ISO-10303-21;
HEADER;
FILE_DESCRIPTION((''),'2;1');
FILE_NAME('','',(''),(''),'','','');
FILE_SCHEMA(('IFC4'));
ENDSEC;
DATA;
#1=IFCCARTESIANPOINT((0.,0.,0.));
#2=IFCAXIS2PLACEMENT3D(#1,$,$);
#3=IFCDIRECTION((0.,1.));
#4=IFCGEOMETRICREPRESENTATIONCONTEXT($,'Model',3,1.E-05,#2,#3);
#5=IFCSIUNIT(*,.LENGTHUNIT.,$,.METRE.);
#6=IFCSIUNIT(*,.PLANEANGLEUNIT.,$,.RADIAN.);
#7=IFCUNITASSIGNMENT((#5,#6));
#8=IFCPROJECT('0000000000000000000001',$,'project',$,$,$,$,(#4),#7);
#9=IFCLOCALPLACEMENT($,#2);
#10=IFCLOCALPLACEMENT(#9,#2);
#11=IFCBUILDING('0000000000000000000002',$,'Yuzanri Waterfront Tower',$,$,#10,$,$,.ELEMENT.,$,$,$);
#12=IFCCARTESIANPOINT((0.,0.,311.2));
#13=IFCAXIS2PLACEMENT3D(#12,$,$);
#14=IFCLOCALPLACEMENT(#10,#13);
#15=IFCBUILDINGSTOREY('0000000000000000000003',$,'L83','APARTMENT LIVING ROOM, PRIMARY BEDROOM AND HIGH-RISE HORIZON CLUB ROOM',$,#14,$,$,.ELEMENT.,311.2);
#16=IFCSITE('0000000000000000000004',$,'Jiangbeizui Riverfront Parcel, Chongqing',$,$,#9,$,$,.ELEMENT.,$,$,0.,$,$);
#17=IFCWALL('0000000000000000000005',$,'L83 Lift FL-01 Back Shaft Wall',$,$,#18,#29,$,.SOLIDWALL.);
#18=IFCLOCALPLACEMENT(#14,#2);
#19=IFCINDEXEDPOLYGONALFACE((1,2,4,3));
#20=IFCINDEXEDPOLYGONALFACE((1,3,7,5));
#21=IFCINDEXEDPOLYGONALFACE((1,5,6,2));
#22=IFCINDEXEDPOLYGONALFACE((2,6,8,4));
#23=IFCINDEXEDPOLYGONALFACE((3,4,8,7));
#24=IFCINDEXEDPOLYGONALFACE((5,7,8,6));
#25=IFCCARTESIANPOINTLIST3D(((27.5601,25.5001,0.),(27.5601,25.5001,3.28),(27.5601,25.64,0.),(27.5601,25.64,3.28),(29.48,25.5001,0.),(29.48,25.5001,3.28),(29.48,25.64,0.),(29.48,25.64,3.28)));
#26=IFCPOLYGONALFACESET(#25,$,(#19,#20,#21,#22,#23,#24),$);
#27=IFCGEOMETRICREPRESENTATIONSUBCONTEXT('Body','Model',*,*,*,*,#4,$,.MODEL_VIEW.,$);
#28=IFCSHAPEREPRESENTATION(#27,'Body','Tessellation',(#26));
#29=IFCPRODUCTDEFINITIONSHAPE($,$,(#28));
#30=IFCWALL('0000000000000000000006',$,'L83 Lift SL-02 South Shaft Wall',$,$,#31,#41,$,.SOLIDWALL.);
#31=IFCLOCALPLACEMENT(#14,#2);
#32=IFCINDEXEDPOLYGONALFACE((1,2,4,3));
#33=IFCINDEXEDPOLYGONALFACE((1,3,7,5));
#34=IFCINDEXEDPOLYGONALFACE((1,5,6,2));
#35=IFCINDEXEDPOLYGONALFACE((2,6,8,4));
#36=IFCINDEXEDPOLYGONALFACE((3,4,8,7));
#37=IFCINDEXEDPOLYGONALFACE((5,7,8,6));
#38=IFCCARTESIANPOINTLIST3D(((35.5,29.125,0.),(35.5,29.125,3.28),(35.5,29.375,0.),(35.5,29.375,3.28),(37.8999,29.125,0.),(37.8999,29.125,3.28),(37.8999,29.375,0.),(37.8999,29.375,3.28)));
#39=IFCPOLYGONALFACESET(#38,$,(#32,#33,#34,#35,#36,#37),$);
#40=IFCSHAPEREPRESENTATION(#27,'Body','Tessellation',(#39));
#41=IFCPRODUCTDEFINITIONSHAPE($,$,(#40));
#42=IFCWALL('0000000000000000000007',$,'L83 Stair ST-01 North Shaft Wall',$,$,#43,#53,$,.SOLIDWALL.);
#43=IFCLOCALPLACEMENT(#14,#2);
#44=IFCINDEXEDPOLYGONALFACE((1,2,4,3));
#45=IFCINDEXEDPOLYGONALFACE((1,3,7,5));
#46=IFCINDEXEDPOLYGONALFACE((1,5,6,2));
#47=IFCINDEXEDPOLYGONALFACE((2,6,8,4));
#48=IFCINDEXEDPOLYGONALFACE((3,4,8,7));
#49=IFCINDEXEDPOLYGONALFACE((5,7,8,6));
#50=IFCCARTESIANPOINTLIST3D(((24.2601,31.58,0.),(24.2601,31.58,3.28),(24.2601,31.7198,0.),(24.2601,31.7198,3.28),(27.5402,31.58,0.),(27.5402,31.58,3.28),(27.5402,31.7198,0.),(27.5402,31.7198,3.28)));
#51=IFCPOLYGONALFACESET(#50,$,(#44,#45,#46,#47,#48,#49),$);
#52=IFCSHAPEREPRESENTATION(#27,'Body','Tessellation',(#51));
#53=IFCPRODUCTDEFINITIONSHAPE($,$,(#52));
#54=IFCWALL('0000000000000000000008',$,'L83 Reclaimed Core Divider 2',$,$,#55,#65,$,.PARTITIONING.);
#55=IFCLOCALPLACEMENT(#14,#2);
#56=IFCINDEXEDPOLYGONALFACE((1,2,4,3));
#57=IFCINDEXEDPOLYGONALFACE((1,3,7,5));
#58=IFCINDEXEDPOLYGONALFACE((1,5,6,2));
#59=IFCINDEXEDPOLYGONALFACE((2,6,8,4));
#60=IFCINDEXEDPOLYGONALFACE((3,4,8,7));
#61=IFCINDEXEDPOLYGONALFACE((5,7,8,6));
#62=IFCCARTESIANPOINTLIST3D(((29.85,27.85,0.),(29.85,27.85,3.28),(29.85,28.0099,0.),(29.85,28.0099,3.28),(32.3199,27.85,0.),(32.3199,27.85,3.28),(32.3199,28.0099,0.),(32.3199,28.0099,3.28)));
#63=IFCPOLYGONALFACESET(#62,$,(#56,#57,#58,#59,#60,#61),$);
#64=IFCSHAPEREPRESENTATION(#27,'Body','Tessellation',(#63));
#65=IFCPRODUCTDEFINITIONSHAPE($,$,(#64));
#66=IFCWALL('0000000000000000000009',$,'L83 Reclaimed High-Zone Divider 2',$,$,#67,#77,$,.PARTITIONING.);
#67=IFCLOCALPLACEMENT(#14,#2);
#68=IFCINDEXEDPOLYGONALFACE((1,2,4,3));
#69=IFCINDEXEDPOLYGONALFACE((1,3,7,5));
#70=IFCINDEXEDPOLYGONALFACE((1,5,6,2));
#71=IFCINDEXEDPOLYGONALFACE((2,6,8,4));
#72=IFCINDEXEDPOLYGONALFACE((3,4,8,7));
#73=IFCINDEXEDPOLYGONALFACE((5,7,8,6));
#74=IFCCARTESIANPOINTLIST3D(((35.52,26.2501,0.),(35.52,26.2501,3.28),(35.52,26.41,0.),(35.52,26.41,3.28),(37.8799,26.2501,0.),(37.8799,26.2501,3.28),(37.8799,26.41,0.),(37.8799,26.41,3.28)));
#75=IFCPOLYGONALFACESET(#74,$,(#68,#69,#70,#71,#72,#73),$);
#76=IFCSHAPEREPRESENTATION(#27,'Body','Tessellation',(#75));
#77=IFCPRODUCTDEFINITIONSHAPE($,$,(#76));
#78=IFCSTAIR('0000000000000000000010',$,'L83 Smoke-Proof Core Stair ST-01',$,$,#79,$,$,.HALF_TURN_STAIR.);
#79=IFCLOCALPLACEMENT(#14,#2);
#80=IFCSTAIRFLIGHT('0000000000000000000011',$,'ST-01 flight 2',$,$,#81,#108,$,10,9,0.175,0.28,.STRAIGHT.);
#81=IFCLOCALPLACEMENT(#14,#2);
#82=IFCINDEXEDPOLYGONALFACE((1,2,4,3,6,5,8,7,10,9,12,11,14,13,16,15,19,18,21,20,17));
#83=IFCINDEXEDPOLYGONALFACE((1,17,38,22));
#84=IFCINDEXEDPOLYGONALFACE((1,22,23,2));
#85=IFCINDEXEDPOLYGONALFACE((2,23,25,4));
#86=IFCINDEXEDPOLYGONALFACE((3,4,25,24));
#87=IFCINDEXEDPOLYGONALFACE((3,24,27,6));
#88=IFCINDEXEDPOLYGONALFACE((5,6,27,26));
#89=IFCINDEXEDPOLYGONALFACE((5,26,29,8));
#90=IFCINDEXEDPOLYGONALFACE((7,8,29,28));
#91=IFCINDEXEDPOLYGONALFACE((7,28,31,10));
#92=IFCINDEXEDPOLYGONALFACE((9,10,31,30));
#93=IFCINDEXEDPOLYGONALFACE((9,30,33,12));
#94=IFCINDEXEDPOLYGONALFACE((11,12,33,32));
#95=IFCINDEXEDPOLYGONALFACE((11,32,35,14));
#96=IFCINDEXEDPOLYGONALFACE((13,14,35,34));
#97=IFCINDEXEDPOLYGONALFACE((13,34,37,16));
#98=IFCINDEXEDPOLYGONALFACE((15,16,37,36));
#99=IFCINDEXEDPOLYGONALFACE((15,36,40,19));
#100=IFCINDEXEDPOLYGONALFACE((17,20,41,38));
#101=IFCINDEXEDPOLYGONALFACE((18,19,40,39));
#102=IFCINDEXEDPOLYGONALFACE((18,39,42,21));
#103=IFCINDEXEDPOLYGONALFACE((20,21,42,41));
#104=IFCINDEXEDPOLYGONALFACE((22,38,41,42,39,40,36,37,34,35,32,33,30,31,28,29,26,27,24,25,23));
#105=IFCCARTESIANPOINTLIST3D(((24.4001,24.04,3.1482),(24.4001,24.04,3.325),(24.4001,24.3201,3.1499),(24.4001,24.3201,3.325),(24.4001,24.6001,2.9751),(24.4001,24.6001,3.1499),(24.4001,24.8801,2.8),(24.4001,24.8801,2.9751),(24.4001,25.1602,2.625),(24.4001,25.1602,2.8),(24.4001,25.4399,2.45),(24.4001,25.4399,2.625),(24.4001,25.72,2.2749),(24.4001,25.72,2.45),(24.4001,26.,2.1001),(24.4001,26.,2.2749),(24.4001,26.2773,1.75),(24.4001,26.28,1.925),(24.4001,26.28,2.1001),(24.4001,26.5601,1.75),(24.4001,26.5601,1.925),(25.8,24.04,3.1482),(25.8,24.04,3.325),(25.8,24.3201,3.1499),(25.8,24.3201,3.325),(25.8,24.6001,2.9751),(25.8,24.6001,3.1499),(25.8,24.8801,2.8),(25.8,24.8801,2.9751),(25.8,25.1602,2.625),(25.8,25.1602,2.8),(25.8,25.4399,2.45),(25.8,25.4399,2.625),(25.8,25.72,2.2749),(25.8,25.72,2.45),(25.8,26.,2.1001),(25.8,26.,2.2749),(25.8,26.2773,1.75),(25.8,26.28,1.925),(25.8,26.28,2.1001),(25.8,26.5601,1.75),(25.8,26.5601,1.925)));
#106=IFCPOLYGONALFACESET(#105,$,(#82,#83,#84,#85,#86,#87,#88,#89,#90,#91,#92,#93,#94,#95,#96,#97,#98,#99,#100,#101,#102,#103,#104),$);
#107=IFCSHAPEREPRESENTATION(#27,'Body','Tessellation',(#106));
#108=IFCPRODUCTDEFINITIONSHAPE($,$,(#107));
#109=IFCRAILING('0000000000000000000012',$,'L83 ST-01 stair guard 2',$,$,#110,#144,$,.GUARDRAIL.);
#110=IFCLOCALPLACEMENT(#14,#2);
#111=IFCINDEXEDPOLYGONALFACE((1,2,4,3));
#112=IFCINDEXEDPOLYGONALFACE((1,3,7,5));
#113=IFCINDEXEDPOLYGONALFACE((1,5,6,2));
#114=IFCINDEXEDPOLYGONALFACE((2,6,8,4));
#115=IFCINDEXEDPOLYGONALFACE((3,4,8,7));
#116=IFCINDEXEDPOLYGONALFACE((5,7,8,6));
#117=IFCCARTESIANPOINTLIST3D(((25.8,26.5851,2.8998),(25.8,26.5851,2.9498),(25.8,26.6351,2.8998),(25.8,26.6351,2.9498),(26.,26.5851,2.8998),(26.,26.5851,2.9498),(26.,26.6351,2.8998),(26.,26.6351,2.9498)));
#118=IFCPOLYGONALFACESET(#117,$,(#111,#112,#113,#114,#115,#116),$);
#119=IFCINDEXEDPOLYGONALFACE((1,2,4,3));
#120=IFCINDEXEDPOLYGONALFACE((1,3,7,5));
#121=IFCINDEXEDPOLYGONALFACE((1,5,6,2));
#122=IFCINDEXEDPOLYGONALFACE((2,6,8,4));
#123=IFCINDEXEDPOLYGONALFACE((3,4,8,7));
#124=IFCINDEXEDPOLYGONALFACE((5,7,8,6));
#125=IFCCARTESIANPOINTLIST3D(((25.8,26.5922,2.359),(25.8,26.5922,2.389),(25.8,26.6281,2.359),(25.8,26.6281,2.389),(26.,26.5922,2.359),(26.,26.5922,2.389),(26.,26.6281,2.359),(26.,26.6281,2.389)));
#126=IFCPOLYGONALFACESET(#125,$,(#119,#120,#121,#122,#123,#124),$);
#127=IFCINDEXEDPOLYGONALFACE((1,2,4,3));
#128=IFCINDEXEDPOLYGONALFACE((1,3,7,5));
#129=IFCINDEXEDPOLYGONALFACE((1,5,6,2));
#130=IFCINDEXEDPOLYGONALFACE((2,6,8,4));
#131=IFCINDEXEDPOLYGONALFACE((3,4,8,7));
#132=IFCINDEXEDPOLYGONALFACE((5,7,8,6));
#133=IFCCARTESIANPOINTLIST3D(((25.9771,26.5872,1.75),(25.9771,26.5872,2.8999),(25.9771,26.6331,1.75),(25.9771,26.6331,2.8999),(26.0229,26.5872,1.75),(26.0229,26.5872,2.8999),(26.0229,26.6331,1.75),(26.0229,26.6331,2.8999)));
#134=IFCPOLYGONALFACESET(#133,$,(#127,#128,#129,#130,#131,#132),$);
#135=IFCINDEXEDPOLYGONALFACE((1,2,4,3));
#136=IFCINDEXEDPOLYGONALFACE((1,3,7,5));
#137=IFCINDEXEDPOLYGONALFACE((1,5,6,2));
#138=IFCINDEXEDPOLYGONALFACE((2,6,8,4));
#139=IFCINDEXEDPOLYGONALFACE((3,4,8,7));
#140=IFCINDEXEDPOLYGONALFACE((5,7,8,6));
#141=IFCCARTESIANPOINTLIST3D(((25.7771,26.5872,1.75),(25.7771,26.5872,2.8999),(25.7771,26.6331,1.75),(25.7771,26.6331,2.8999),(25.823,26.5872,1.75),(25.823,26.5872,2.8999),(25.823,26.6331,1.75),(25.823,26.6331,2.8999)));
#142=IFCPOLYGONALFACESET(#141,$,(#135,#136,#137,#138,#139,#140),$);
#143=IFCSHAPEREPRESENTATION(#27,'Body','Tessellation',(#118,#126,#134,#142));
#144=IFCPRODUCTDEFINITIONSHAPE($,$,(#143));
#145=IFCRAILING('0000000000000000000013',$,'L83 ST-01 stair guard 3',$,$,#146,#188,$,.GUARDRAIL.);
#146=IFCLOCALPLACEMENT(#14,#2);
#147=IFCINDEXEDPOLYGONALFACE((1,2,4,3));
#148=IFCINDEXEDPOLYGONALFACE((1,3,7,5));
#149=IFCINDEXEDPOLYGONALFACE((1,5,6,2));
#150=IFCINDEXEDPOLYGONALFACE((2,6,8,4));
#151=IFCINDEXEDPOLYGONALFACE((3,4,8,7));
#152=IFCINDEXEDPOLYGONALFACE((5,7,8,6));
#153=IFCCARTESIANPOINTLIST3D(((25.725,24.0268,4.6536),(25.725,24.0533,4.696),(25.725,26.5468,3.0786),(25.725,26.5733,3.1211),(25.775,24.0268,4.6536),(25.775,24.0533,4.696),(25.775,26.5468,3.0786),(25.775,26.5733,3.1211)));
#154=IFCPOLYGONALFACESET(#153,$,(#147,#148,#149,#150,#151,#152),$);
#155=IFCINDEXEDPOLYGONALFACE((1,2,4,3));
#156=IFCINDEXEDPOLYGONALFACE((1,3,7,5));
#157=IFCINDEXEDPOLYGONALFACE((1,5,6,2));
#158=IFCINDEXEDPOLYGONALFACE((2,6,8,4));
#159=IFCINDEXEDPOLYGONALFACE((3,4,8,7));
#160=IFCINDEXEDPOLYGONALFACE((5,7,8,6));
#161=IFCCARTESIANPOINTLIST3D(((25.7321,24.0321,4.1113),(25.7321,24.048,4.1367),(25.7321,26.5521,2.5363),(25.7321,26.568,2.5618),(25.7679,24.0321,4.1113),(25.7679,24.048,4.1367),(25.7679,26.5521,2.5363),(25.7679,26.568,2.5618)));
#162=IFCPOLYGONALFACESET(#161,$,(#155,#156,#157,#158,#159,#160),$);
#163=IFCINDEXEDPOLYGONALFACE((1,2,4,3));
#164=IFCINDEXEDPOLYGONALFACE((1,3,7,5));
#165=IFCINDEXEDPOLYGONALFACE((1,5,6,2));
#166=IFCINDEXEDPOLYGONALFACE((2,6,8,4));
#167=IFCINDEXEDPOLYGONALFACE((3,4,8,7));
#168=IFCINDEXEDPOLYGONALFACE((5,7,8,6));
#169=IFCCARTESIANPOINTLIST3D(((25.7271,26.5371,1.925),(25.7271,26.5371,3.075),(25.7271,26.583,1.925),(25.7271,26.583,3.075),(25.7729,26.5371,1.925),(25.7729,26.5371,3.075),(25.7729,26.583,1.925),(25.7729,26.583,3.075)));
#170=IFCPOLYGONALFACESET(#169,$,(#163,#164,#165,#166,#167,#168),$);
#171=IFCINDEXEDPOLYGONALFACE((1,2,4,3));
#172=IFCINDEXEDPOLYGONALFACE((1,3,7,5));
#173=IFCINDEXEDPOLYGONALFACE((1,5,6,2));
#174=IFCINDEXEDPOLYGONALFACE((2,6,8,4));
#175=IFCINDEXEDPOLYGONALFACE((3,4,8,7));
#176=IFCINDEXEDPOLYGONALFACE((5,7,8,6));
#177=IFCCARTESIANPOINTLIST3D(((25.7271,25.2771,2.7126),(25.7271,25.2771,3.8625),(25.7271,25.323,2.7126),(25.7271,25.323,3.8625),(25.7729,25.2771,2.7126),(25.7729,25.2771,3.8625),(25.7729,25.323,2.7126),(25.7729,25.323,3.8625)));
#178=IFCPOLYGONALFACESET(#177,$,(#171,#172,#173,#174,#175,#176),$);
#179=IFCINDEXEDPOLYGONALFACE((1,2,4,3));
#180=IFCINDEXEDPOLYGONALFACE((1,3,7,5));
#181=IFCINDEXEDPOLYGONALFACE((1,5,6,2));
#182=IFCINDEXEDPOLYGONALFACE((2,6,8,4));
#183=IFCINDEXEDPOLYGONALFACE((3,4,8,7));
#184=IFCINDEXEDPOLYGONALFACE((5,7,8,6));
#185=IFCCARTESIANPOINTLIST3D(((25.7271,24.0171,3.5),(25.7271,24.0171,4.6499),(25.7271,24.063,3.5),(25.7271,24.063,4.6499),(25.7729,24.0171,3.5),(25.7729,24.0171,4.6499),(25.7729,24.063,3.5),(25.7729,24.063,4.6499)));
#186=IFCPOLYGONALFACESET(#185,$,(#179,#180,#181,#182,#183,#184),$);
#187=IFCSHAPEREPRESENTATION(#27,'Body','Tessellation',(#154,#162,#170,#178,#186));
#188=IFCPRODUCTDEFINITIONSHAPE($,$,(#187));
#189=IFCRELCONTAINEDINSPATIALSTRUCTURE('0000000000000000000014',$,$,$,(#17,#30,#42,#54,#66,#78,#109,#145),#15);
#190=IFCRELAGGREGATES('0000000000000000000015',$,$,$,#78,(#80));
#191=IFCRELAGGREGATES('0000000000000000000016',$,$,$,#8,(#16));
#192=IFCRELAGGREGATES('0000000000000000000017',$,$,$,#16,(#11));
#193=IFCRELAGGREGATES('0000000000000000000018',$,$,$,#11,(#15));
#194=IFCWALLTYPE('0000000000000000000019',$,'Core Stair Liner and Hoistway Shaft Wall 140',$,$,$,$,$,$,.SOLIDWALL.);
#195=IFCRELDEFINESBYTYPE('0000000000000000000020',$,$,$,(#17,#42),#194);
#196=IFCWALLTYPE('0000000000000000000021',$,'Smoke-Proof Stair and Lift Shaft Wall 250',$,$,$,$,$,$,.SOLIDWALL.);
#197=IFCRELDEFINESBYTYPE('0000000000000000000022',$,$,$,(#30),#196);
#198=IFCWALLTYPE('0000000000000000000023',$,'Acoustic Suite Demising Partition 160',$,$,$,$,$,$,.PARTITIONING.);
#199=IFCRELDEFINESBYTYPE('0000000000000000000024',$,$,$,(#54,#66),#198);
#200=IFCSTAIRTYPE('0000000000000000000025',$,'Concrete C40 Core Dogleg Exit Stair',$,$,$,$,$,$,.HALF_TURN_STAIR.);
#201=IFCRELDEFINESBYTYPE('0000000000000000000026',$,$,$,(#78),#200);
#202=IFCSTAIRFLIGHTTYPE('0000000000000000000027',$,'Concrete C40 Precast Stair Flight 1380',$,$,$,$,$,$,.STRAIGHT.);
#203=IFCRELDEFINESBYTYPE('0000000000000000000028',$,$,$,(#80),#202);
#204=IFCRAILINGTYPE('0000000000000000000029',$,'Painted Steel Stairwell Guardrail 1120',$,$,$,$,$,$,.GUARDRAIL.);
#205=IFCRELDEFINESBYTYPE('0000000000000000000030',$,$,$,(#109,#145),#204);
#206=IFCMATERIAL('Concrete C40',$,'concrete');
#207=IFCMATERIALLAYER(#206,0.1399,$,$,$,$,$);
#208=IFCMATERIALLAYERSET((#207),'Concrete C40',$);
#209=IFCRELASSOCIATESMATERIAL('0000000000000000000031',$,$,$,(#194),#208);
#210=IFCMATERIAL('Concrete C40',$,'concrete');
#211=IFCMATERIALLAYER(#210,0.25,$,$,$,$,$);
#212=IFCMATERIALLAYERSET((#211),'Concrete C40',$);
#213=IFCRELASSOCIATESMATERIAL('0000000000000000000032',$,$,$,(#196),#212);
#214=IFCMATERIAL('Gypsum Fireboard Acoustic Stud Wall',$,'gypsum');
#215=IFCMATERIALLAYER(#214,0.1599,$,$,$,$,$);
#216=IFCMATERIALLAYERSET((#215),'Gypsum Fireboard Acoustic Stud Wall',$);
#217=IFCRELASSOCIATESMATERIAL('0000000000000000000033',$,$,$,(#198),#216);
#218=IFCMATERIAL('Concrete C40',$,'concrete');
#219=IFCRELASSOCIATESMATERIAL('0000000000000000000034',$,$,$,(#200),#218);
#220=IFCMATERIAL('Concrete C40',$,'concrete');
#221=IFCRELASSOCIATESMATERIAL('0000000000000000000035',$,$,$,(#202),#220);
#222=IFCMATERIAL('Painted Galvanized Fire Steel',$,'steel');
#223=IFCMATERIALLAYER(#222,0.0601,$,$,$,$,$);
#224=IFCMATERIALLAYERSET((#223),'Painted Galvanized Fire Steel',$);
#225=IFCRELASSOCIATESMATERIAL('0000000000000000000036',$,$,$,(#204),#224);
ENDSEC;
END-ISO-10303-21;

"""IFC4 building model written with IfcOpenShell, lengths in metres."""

from ifc_helpers import new_model, si_unit, direction, frame, frame_2d, origin, origin_2d, place, context, subcontext, project, spatial, polyline, rectangle, outline, extrude, source, transform, mapped, material, layer, layer_set, type_object, element, aggregate, save


model = new_model("IFC4")

# Units and contexts
model_context = context("Model", 3, precision=1e-05, world=origin(), true_north=direction((0.0, 1.0)))
body_context = subcontext(model_context, "Body", "Model", "MODEL_VIEW")
ifc_project = project(units=[si_unit("LENGTHUNIT", "METRE"), si_unit("PLANEANGLEUNIT", "RADIAN")], contexts=[model_context])

# Site, building, storey
site_placement = place(None, origin())
site = spatial("IfcSite", under=ifc_project, at=site_placement, Name="Jiangbeizui Riverfront Parcel, Chongqing", CompositionType="ELEMENT", RefElevation=0.0)
building_placement = place(site_placement, origin())
building = spatial("IfcBuilding", under=site, at=building_placement, Name="Yuzanri Waterfront Tower", CompositionType="ELEMENT")
storey_placement = place(building_placement, frame((0.0, 0.0, 311.2)))
storey = spatial("IfcBuildingStorey", under=building, at=storey_placement, Name="L83", Description="APARTMENT LIVING ROOM, PRIMARY BEDROOM AND HIGH-RISE HORIZON CLUB ROOM", CompositionType="ELEMENT", Elevation=311.2)

# Shared definitions
ifc_material_1 = material(Name="Concrete C40", Category="concrete")
ifc_layer_1 = layer(ifc_material_1, 0.1399)
ifc_layer_set_1 = layer_set([ifc_layer_1], Name="Concrete C40")
wall_type_1 = type_object("IfcWallType", Name="Core Stair Liner and Hoistway Shaft Wall 140", PredefinedType="SOLIDWALL", material=ifc_layer_set_1)

# Walls
shared_shape_1 = source(origin(), body_context, "Body", "SweptSolid", [
    extrude(rectangle(XDim=1.9199, YDim=0.1399, at=frame_2d((0.96, 0.0))), origin(), (0.0, 0.0, 1.0), 3.28),
])
wall_1_placement = place(storey_placement, frame((27.5601, 25.5701, 0.0), z_axis=(0.0, 0.0, 1.0), x_axis=(1.0, 0.0, 0.0)))
element("IfcWall", 1, at=wall_1_placement, inside=storey, type_object=wall_type_1, Name="L83 Lift FL-01 Back Shaft Wall", PredefinedType="SOLIDWALL", context=body_context, shape_type="MappedRepresentation", body=[
    mapped(shared_shape_1, transform((0.0, 0.0, 0.0), scale=1.0)),
])
ifc_material_2 = material(Name="Concrete C40", Category="concrete")
ifc_layer_2 = layer(ifc_material_2, 0.25)
ifc_layer_set_2 = layer_set([ifc_layer_2], Name="Concrete C40")
wall_type_2 = type_object("IfcWallType", Name="Smoke-Proof Stair and Lift Shaft Wall 250", PredefinedType="SOLIDWALL", material=ifc_layer_set_2)
shared_shape_2 = source(origin(), body_context, "Body", "SweptSolid", [
    extrude(rectangle(XDim=2.3999, YDim=0.25, at=frame_2d((1.2, 0.0))), origin(), (0.0, 0.0, 1.0), 3.28),
])
wall_2_placement = place(storey_placement, frame((35.5, 29.25, 0.0), z_axis=(0.0, 0.0, 1.0), x_axis=(1.0, 0.0, 0.0)))
element("IfcWall", 2, at=wall_2_placement, inside=storey, type_object=wall_type_2, Name="L83 Lift SL-02 South Shaft Wall", PredefinedType="SOLIDWALL", context=body_context, shape_type="MappedRepresentation", body=[
    mapped(shared_shape_2, transform((0.0, 0.0, 0.0), scale=1.0)),
])
shared_shape_3 = source(origin(), body_context, "Body", "SweptSolid", [
    extrude(rectangle(XDim=3.28, YDim=0.1399, at=frame_2d((1.6401, 0.0))), origin(), (0.0, 0.0, 1.0), 3.28),
])
wall_3_placement = place(storey_placement, frame((24.26, 31.6499, 0.0), z_axis=(0.0, 0.0, 1.0), x_axis=(1.0, 0.0, 0.0)))
element("IfcWall", 3, at=wall_3_placement, inside=storey, type_object=wall_type_1, Name="L83 Stair ST-01 North Shaft Wall", PredefinedType="SOLIDWALL", context=body_context, shape_type="MappedRepresentation", body=[
    mapped(shared_shape_3, transform((0.0, 0.0, 0.0), scale=1.0)),
])
ifc_material_3 = material(Name="Gypsum Fireboard Acoustic Stud Wall", Category="gypsum")
ifc_layer_3 = layer(ifc_material_3, 0.1599)
ifc_layer_set_3 = layer_set([ifc_layer_3], Name="Gypsum Fireboard Acoustic Stud Wall")
wall_type_3 = type_object("IfcWallType", Name="Acoustic Suite Demising Partition 160", PredefinedType="PARTITIONING", material=ifc_layer_set_3)
shared_shape_4 = source(origin(), body_context, "Body", "SweptSolid", [
    extrude(rectangle(XDim=2.47, YDim=0.1599, at=frame_2d((1.2349, 0.0))), origin(), (0.0, 0.0, 1.0), 3.28),
])
wall_4_placement = place(storey_placement, frame((29.8501, 27.9299, 0.0), z_axis=(0.0, 0.0, 1.0), x_axis=(1.0, 0.0, 0.0)))
element("IfcWall", 4, at=wall_4_placement, inside=storey, type_object=wall_type_3, Name="L83 Reclaimed Core Divider 2", PredefinedType="PARTITIONING", context=body_context, shape_type="MappedRepresentation", body=[
    mapped(shared_shape_4, transform((0.0, 0.0, 0.0), scale=1.0)),
])
shared_shape_5 = source(origin(), body_context, "Body", "SweptSolid", [
    extrude(rectangle(XDim=2.3599, YDim=0.1599, at=frame_2d((1.1799, 0.0))), origin(), (0.0, 0.0, 1.0), 3.28),
])
wall_5_placement = place(storey_placement, frame((35.52, 26.3301, 0.0), z_axis=(0.0, 0.0, 1.0), x_axis=(1.0, 0.0, 0.0)))
element("IfcWall", 5, at=wall_5_placement, inside=storey, type_object=wall_type_3, Name="L83 Reclaimed High-Zone Divider 2", PredefinedType="PARTITIONING", context=body_context, shape_type="MappedRepresentation", body=[
    mapped(shared_shape_5, transform((0.0, 0.0, 0.0), scale=1.0)),
])

# Stair, stair flight
ifc_material_4 = material(Name="Concrete C40", Category="concrete")
stair_type = type_object("IfcStairType", Name="Concrete C40 Core Dogleg Exit Stair", PredefinedType="HALF_TURN_STAIR", material=ifc_material_4)
stair_placement = place(storey_placement, origin())
stair = element("IfcStair", 6, at=stair_placement, inside=storey, type_object=stair_type, Name="L83 Smoke-Proof Core Stair ST-01", PredefinedType="HALF_TURN_STAIR")
ifc_material_5 = material(Name="Concrete C40", Category="concrete")
stair_flight_type = type_object("IfcStairFlightType", Name="Concrete C40 Precast Stair Flight 1380", PredefinedType="STRAIGHT", material=ifc_material_5)
shared_shape_6 = source(origin(), body_context, "Body", "SweptSolid", [
    extrude(outline(polyline([(0.0, 0.0), (0.0, 0.175), (0.28, 0.175), (0.28, 0.3501), (0.5601, 0.3501), (0.5601, 0.5249), (0.8401, 0.5249), (0.8401, 0.7), (1.1201, 0.7), (1.1201, 0.875), (1.3999, 0.875), (1.3999, 1.05), (1.6799, 1.05), (1.6799, 1.2251), (1.96, 1.2251), (1.96, 1.3999), (2.24, 1.3999), (2.24, 1.575), (2.52, 1.575), (2.52, 1.75), (2.52, 1.3982), (0.2827, 0.0), (0.0, 0.0)])), frame((0.0, 0.7, 0.0), z_axis=(0.0, -1.0, 0.0), x_axis=(1.0, 0.0, 0.0)), (0.0, 0.0, 1.0), 1.3999),
])
stair_flight_placement = place(storey_placement, frame((25.1001, 26.5601, 1.75), z_axis=(0.0, 0.0, 1.0), x_axis=(0.0, -1.0, 0.0)))
stair_flight = element("IfcStairFlight", 7, at=stair_flight_placement, type_object=stair_flight_type, Name="ST-01 flight 2", NumberOfRisers=10, NumberOfTreads=9, PredefinedType="STRAIGHT", RiserHeight=0.175, TreadLength=0.28, context=body_context, shape_type="MappedRepresentation", body=[
    mapped(shared_shape_6, transform((0.0, 0.0, 0.0), scale=1.0)),
])
aggregate(stair, [stair_flight])

# Railings
ifc_material_6 = material(Name="Painted Galvanized Fire Steel", Category="steel")
ifc_layer_4 = layer(ifc_material_6, 0.0601)
ifc_layer_set_4 = layer_set([ifc_layer_4], Name="Painted Galvanized Fire Steel")
railing_type_1 = type_object("IfcRailingType", Name="Painted Steel Stairwell Guardrail 1120", PredefinedType="GUARDRAIL", material=ifc_layer_set_4)
shared_shape_7 = source(origin(), body_context, "Body", "SweptSolid", [
    extrude(rectangle(XDim=0.05, YDim=0.05, at=origin_2d()), frame((0.0, 0.0, 1.1748), z_axis=(-1.0, 0.0, 0.0), x_axis=(0.0, -1.0, 0.0)), (0.0, 0.0, 1.0), 0.2),
    extrude(rectangle(XDim=0.0359, YDim=0.03, at=origin_2d()), frame((0.0, 0.0, 0.624), z_axis=(-1.0, 0.0, 0.0), x_axis=(0.0, -1.0, 0.0)), (0.0, 0.0, 1.0), 0.2),
    extrude(rectangle(XDim=0.0459, YDim=0.0459, at=origin_2d()), origin(), (0.0, 0.0, 1.0), 1.1499),
    extrude(rectangle(XDim=0.0459, YDim=0.0459, at=origin_2d()), frame((-0.2, 0.0, 0.0)), (0.0, 0.0, 1.0), 1.1499),
])
railing_1_placement = place(storey_placement, frame((26.0, 26.6101, 1.75)))
element("IfcRailing", 8, at=railing_1_placement, inside=storey, type_object=railing_type_1, Name="L83 ST-01 stair guard 2", PredefinedType="GUARDRAIL", context=body_context, shape_type="MappedRepresentation", body=[
    mapped(shared_shape_7, transform((0.0, 0.0, 0.0), scale=1.0)),
])
shared_shape_8 = source(origin(), body_context, "Body", "SweptSolid", [
    extrude(rectangle(XDim=0.05, YDim=0.05, at=origin_2d()), frame((0.0, 0.0, 1.1748), z_axis=(0.0, -0.848008, 0.529984), x_axis=(1.0, 0.0, 0.0)), (0.0, 0.0, 1.0), 2.9717),
    extrude(rectangle(XDim=0.0359, YDim=0.03, at=origin_2d()), frame((0.0, 0.0, 0.624), z_axis=(0.0, -0.848008, 0.529984), x_axis=(1.0, 0.0, 0.0)), (0.0, 0.0, 1.0), 2.9717),
    extrude(rectangle(XDim=0.0459, YDim=0.0459, at=origin_2d()), origin(), (0.0, 0.0, 1.0), 1.1499),
    extrude(rectangle(XDim=0.0459, YDim=0.0459, at=origin_2d()), frame((0.0, -1.26, 0.7876)), (0.0, 0.0, 1.0), 1.1499),
    extrude(rectangle(XDim=0.0459, YDim=0.0459, at=origin_2d()), frame((0.0, -2.52, 1.575)), (0.0, 0.0, 1.0), 1.1499),
])
railing_2_placement = place(storey_placement, frame((25.75, 26.5601, 1.925)))
element("IfcRailing", 9, at=railing_2_placement, inside=storey, type_object=railing_type_1, Name="L83 ST-01 stair guard 3", PredefinedType="GUARDRAIL", context=body_context, shape_type="MappedRepresentation", body=[
    mapped(shared_shape_8, transform((0.0, 0.0, 0.0), scale=1.0)),
])

save(model, "model.ifc")
